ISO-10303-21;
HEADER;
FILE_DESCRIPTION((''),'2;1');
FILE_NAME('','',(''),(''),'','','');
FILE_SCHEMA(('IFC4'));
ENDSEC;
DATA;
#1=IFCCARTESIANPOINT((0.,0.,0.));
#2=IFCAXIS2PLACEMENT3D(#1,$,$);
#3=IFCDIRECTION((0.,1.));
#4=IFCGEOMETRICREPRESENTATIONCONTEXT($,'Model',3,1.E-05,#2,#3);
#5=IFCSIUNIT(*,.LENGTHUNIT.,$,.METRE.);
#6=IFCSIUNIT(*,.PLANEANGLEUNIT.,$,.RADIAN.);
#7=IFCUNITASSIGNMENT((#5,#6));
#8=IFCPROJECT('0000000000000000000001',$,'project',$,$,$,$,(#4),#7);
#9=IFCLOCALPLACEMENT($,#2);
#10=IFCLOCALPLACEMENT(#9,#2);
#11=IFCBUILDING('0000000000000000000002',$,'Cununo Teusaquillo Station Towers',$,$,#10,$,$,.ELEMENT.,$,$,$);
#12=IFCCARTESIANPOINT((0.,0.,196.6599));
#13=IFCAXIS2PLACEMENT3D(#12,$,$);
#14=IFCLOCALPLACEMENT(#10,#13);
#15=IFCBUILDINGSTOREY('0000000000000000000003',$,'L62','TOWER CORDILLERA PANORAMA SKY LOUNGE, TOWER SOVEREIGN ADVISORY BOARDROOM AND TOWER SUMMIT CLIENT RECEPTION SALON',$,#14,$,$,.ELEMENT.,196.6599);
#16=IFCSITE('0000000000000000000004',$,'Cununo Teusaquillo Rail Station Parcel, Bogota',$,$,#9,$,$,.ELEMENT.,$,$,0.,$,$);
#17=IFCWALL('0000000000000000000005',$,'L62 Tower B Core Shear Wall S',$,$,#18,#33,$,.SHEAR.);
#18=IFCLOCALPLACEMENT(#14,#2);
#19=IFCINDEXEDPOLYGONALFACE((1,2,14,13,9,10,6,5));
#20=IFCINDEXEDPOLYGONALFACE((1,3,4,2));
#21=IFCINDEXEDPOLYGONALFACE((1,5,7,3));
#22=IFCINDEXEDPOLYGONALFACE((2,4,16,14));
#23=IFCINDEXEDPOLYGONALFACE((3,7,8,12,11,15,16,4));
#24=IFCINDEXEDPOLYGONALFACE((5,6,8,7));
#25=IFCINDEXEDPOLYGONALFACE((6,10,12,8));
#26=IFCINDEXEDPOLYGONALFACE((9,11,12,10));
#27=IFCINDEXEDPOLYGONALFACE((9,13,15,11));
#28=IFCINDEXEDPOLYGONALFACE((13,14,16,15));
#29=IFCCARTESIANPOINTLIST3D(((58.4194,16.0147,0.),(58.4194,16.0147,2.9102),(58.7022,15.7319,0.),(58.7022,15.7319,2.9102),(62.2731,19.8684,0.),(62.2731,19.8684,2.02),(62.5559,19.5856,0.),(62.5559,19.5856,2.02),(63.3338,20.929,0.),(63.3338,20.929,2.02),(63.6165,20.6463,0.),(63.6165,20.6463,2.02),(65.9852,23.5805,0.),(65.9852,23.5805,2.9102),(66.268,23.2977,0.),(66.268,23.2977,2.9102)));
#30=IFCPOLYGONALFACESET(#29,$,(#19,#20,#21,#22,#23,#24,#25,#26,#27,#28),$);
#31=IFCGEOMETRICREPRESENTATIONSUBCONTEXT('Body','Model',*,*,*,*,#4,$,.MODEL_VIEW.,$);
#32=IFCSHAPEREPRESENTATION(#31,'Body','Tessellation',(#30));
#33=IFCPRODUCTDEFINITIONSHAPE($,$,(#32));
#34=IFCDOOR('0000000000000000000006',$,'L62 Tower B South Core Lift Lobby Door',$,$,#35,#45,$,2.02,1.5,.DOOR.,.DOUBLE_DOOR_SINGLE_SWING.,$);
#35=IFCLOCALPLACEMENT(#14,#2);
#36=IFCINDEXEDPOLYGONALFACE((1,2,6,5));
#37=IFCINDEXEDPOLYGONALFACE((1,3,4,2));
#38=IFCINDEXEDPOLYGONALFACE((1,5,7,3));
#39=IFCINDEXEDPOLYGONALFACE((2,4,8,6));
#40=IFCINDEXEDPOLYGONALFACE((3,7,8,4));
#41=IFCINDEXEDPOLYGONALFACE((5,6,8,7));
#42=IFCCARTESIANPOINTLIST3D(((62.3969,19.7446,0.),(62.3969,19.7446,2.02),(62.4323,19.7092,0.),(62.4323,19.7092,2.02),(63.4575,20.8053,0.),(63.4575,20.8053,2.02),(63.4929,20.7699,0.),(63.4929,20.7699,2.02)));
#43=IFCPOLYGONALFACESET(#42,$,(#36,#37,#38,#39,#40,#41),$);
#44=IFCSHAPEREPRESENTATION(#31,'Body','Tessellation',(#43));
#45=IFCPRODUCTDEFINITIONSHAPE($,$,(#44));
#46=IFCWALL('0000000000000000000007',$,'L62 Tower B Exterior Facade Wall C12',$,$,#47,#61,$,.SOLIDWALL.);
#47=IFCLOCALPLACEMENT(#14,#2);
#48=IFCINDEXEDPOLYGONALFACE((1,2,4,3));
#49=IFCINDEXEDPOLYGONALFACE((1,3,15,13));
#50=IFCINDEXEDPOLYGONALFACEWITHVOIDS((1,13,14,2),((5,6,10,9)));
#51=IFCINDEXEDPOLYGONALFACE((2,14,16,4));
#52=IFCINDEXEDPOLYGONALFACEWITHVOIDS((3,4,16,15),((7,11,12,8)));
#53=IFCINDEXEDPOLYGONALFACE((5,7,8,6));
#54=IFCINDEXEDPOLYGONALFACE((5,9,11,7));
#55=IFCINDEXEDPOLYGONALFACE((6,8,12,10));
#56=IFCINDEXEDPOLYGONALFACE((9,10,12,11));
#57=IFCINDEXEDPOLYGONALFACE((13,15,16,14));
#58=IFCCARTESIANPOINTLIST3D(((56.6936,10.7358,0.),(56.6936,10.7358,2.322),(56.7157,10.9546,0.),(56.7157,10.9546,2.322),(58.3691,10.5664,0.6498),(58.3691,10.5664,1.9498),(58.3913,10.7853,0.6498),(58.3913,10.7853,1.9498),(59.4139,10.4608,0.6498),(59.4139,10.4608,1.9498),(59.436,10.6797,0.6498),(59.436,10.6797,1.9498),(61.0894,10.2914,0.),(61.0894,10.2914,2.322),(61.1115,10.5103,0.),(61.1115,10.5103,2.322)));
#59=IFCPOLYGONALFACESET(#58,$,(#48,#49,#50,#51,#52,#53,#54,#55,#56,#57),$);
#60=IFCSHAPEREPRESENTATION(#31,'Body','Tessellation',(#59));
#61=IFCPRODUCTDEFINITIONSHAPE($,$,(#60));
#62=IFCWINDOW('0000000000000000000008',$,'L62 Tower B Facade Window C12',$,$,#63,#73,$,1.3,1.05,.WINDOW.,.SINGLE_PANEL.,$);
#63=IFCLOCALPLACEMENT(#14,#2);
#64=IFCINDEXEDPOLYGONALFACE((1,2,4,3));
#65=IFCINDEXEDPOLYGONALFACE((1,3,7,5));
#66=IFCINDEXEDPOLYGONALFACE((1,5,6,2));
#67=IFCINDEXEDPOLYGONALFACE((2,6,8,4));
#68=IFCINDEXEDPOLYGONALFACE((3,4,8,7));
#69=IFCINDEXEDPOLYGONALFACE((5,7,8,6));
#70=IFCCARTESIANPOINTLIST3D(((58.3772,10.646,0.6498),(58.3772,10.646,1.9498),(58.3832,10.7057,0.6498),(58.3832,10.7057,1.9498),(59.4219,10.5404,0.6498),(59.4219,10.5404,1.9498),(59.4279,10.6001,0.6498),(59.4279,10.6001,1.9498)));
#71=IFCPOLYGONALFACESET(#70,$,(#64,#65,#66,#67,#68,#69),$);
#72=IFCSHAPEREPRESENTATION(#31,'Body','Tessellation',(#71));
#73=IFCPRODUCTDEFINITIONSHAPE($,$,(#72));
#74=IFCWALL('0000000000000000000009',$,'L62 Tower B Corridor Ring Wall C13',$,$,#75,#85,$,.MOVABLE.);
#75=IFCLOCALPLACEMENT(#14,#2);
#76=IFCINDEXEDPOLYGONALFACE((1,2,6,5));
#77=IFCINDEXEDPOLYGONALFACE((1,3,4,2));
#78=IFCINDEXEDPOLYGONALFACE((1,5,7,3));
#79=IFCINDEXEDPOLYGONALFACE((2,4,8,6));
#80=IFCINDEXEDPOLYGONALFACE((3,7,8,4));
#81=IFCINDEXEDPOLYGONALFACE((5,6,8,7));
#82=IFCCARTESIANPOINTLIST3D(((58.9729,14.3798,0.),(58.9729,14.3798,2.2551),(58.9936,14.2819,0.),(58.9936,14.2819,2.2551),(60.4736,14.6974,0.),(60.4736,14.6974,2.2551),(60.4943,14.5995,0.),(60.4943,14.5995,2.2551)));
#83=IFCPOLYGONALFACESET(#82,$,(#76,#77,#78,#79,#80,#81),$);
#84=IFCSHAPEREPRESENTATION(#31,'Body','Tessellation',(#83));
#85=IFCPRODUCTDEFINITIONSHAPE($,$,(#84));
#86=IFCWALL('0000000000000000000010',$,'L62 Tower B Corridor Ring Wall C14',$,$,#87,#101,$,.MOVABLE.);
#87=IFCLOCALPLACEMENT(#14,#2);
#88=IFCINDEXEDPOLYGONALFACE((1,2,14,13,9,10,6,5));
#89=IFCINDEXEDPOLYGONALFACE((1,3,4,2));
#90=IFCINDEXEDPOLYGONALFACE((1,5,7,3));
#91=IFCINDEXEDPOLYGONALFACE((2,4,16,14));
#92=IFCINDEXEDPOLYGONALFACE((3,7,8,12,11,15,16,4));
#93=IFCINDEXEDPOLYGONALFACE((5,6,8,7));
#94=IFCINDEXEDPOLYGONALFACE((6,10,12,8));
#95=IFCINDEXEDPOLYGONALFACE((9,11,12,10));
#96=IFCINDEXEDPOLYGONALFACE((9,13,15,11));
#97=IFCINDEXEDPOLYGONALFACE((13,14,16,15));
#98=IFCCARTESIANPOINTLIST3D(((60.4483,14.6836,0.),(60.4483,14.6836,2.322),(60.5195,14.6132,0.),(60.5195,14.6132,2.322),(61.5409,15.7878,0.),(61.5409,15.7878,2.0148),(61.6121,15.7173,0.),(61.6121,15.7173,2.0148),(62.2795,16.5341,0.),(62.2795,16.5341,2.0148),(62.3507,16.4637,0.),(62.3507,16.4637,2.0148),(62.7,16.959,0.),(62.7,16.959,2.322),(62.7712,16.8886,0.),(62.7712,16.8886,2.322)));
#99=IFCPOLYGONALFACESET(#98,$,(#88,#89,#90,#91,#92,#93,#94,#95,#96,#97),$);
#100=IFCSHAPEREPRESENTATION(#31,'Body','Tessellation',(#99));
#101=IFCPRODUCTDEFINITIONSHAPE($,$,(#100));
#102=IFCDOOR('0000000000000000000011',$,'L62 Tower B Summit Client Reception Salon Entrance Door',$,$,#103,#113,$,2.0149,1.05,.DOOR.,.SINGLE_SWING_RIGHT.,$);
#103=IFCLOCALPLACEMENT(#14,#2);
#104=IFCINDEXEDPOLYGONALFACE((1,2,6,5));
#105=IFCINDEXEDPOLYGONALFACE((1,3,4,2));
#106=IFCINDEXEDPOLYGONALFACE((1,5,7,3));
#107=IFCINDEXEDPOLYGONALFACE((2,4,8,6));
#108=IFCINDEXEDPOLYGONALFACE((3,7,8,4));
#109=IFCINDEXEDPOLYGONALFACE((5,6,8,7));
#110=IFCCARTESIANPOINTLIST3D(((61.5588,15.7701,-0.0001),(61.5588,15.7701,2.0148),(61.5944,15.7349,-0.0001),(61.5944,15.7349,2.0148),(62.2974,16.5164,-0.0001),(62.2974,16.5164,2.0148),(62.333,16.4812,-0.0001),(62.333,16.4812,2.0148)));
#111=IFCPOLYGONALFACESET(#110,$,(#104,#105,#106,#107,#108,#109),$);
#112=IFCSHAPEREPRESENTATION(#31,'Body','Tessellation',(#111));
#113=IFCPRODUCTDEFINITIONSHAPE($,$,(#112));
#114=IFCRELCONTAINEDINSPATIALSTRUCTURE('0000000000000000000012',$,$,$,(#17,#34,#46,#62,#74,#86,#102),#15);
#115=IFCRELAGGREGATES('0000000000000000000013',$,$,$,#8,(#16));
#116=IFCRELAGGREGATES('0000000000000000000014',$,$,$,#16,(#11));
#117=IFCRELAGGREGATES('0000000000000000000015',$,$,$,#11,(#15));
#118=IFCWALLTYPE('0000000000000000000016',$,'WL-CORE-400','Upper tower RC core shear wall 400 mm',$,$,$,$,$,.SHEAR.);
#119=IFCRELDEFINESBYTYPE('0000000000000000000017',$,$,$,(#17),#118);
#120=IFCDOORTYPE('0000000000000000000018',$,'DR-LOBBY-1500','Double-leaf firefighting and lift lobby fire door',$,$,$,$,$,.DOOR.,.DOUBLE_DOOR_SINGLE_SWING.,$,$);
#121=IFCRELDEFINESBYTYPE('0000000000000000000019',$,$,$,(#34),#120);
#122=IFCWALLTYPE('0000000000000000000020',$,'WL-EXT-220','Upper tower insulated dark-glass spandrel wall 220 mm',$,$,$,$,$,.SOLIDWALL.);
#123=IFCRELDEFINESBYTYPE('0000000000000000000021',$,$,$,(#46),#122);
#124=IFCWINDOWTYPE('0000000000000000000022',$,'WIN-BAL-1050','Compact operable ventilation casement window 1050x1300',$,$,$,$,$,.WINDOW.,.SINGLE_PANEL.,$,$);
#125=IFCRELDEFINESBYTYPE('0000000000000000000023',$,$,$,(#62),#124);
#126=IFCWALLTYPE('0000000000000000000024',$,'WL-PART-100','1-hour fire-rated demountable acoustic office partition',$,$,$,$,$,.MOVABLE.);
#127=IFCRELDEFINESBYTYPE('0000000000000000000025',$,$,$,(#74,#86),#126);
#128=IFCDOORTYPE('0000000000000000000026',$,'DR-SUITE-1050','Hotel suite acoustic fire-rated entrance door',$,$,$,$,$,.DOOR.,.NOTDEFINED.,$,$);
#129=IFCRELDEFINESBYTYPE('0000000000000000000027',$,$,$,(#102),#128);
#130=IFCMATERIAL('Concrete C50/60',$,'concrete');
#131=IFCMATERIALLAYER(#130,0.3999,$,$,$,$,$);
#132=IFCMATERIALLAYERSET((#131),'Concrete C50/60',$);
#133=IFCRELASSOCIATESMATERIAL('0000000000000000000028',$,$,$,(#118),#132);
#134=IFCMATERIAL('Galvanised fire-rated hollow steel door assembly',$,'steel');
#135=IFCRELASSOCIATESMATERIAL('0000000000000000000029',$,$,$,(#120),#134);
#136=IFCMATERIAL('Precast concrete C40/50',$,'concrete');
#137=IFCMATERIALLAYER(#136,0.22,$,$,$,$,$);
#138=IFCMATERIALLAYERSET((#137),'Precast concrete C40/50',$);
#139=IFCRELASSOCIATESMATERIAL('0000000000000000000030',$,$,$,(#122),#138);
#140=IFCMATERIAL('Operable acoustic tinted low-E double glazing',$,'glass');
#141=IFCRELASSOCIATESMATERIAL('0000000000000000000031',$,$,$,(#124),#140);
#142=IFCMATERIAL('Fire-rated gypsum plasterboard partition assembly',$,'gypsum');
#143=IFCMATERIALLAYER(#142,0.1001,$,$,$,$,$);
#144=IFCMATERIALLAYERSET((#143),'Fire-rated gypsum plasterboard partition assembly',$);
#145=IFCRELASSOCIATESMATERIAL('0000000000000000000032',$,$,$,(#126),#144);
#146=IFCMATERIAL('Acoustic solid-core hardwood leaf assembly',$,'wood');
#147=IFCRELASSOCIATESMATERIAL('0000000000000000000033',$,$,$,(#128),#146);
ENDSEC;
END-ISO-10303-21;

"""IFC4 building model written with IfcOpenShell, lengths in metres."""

from ifc_helpers import new_model, si_unit, direction, frame, frame_2d, origin, place, context, subcontext, project, spatial, rectangle, extrude, source, transform, mapped, material, layer, layer_set, type_object, element, fill, save


model = new_model("IFC4")

# Units and contexts
model_context = context("Model", 3, precision=1e-05, world=origin(), true_north=direction((0.0, 1.0)))
body_context = subcontext(model_context, "Body", "Model", "MODEL_VIEW")
ifc_project = project(units=[si_unit("LENGTHUNIT", "METRE"), si_unit("PLANEANGLEUNIT", "RADIAN")], contexts=[model_context])

# Site, building, storey
site_placement = place(None, origin())
site = spatial("IfcSite", under=ifc_project, at=site_placement, Name="Cununo Teusaquillo Rail Station Parcel, Bogota", CompositionType="ELEMENT", RefElevation=0.0)
building_placement = place(site_placement, origin())
building = spatial("IfcBuilding", under=site, at=building_placement, Name="Cununo Teusaquillo Station Towers", CompositionType="ELEMENT")
storey_placement = place(building_placement, frame((0.0, 0.0, 196.6599)))
storey = spatial("IfcBuildingStorey", under=building, at=storey_placement, Name="L62", Description="TOWER CORDILLERA PANORAMA SKY LOUNGE, TOWER SOVEREIGN ADVISORY BOARDROOM AND TOWER SUMMIT CLIENT RECEPTION SALON", CompositionType="ELEMENT", Elevation=196.6599)

# Shared definitions
ifc_material_1 = material(Name="Concrete C50/60", Category="concrete")
ifc_layer_1 = layer(ifc_material_1, 0.3999)
ifc_layer_set_1 = layer_set([ifc_layer_1], Name="Concrete C50/60")
wall_type_1 = type_object("IfcWallType", Name="WL-CORE-400", Description="Upper tower RC core shear wall 400 mm", PredefinedType="SHEAR", material=ifc_layer_set_1)

# Wall, opening, door
wall_1_placement = place(storey_placement, frame((58.5608, 15.8733, 0.0), z_axis=(0.0, 0.0, 1.0), x_axis=(0.707107, 0.707107, 0.0)))
wall_1 = element("IfcWall", 1, at=wall_1_placement, inside=storey, type_object=wall_type_1, Name="L62 Tower B Core Shear Wall S", PredefinedType="SHEAR", context=body_context, shape_type="SweptSolid", body=[
    extrude(rectangle(XDim=10.6997, YDim=0.3999, at=frame_2d((5.3499, 0.0))), origin(), (0.0, 0.0, 1.0), 2.9102),
])
shared_shape_1 = source(origin(), body_context, "Body", "SweptSolid", [
    extrude(rectangle(XDim=1.5, YDim=2.02, at=frame_2d((0.75, 1.01))), frame((0.0, 0.21, 0.0), z_axis=(0.0, -1.0, 0.0), x_axis=(1.0, 0.0, 0.0)), (0.0, 0.0, 1.0), 0.4199),
])
opening_1_placement = place(wall_1_placement, frame((5.45, 0.0, 0.0)))
opening_1 = element("IfcOpeningElement", 2, at=opening_1_placement, cuts=wall_1, PredefinedType="OPENING", context=body_context, shape_type="MappedRepresentation", body=[
    mapped(shared_shape_1, transform((0.0, 0.0, 0.0), x_axis=(1.0, 0.0, 0.0), y_axis=(0.0, 1.0, 0.0), z_axis=(0.0, 0.0, 1.0), scale=1.0)),
])
ifc_material_2 = material(Name="Galvanised fire-rated hollow steel door assembly", Category="steel")
door_type_1 = type_object("IfcDoorType", Name="DR-LOBBY-1500", Description="Double-leaf firefighting and lift lobby fire door", OperationType="DOUBLE_DOOR_SINGLE_SWING", PredefinedType="DOOR", material=ifc_material_2)
shared_shape_2 = source(origin(), body_context, "Body", "SweptSolid", [
    extrude(rectangle(XDim=1.5, YDim=2.02, at=frame_2d((0.75, 1.01))), frame((0.0, 0.0249, 0.0), z_axis=(0.0, -1.0, 0.0), x_axis=(1.0, 0.0, 0.0)), (0.0, 0.0, 1.0), 0.05),
])
door_1_placement = place(opening_1_placement, origin())
door_1 = element("IfcDoor", 3, at=door_1_placement, inside=storey, type_object=door_type_1, Name="L62 Tower B South Core Lift Lobby Door", OperationType="DOUBLE_DOOR_SINGLE_SWING", OverallHeight=2.02, OverallWidth=1.5, PredefinedType="DOOR", context=body_context, shape_type="MappedRepresentation", body=[
    mapped(shared_shape_2, transform((0.0, 0.0, 0.0), x_axis=(1.0, 0.0, 0.0), y_axis=(0.0, 1.0, 0.0), z_axis=(0.0, 0.0, 1.0), scale=1.0)),
])
fill(opening_1, door_1)

# Wall, opening, window
ifc_material_3 = material(Name="Precast concrete C40/50", Category="concrete")
ifc_layer_2 = layer(ifc_material_3, 0.22)
ifc_layer_set_2 = layer_set([ifc_layer_2], Name="Precast concrete C40/50")
wall_type_2 = type_object("IfcWallType", Name="WL-EXT-220", Description="Upper tower insulated dark-glass spandrel wall 220 mm", PredefinedType="SOLIDWALL", material=ifc_layer_set_2)
wall_2_placement = place(storey_placement, frame((61.1003, 10.4009, 0.0), z_axis=(0.0, 0.0, 1.0), x_axis=(-0.99493, 0.100571, 0.0)))
wall_2 = element("IfcWall", 4, at=wall_2_placement, inside=storey, type_object=wall_type_2, Name="L62 Tower B Exterior Facade Wall C12", PredefinedType="SOLIDWALL", context=body_context, shape_type="SweptSolid", body=[
    extrude(rectangle(XDim=4.4182, YDim=0.22, at=frame_2d((2.209, 0.0))), origin(), (0.0, 0.0, 1.0), 2.322),
])
shared_shape_3 = source(origin(), body_context, "Body", "SweptSolid", [
    extrude(rectangle(XDim=1.05, YDim=1.3, at=frame_2d((0.5249, 0.6499))), frame((0.0, 0.1199, 0.0), z_axis=(0.0, -1.0, 0.0), x_axis=(1.0, 0.0, 0.0)), (0.0, 0.0, 1.0), 0.24),
])
opening_2_placement = place(wall_2_placement, frame((1.6841, 0.0, 0.6499)))
opening_2 = element("IfcOpeningElement", 5, at=opening_2_placement, cuts=wall_2, PredefinedType="OPENING", context=body_context, shape_type="MappedRepresentation", body=[
    mapped(shared_shape_3, transform((0.0, 0.0, 0.0), x_axis=(1.0, 0.0, 0.0), y_axis=(0.0, 1.0, 0.0), z_axis=(0.0, 0.0, 1.0), scale=1.0)),
])
ifc_material_4 = material(Name="Operable acoustic tinted low-E double glazing", Category="glass")
window_type = type_object("IfcWindowType", Name="WIN-BAL-1050", Description="Compact operable ventilation casement window 1050x1300", PartitioningType="SINGLE_PANEL", PredefinedType="WINDOW", material=ifc_material_4)
shared_shape_4 = source(origin(), body_context, "Body", "SweptSolid", [
    extrude(rectangle(XDim=1.05, YDim=1.3, at=frame_2d((0.5249, 0.6499))), frame((0.0, 0.03, 0.0), z_axis=(0.0, -1.0, 0.0), x_axis=(1.0, 0.0, 0.0)), (0.0, 0.0, 1.0), 0.0601),
])
window_placement = place(opening_2_placement, origin())
window = element("IfcWindow", 6, at=window_placement, inside=storey, type_object=window_type, Name="L62 Tower B Facade Window C12", OverallHeight=1.3, OverallWidth=1.05, PartitioningType="SINGLE_PANEL", PredefinedType="WINDOW", context=body_context, shape_type="MappedRepresentation", body=[
    mapped(shared_shape_4, transform((0.0, 0.0, 0.0), x_axis=(1.0, 0.0, 0.0), y_axis=(0.0, 1.0, 0.0), z_axis=(0.0, 0.0, 1.0), scale=1.0)),
])
fill(opening_2, window)

# Wall
ifc_material_5 = material(Name="Fire-rated gypsum plasterboard partition assembly", Category="gypsum")
ifc_layer_3 = layer(ifc_material_5, 0.1001)
ifc_layer_set_3 = layer_set([ifc_layer_3], Name="Fire-rated gypsum plasterboard partition assembly")
wall_type_3 = type_object("IfcWallType", Name="WL-PART-100", Description="1-hour fire-rated demountable acoustic office partition", PredefinedType="MOVABLE", material=ifc_layer_set_3)
wall_3_placement = place(storey_placement, frame((58.9832, 14.3308, 0.0), z_axis=(0.0, 0.0, 1.0), x_axis=(0.978328, 0.207061, 0.0)))
element("IfcWall", 7, at=wall_3_placement, inside=storey, type_object=wall_type_3, Name="L62 Tower B Corridor Ring Wall C13", PredefinedType="MOVABLE", context=body_context, shape_type="SweptSolid", body=[
    extrude(rectangle(XDim=1.5339, YDim=0.1001, at=frame_2d((0.7671, 0.0))), origin(), (0.0, 0.0, 1.0), 2.2551),
])

# Wall, opening, door
wall_4_placement = place(storey_placement, frame((60.4839, 14.6484, 0.0), z_axis=(0.0, 0.0, 1.0), x_axis=(0.703398, 0.710796, 0.0)))
wall_4 = element("IfcWall", 8, at=wall_4_placement, inside=storey, type_object=wall_type_3, Name="L62 Tower B Corridor Ring Wall C14", PredefinedType="MOVABLE", context=body_context, shape_type="SweptSolid", body=[
    extrude(rectangle(XDim=3.2012, YDim=0.1001, at=frame_2d((1.6006, 0.0))), origin(), (0.0, 0.0, 1.0), 2.322),
])
shared_shape_5 = source(origin(), body_context, "Body", "SweptSolid", [
    extrude(rectangle(XDim=1.05, YDim=2.0149, at=frame_2d((0.5249, 1.0073))), frame((0.0, 0.0601, 0.0), z_axis=(0.0, -1.0, 0.0), x_axis=(1.0, 0.0, 0.0)), (0.0, 0.0, 1.0), 0.1201),
])
opening_3_placement = place(wall_4_placement, frame((1.5535, 0.0, 0.0)))
opening_3 = element("IfcOpeningElement", 9, at=opening_3_placement, cuts=wall_4, PredefinedType="OPENING", context=body_context, shape_type="MappedRepresentation", body=[
    mapped(shared_shape_5, transform((0.0, 0.0, 0.0), x_axis=(1.0, 0.0, 0.0), y_axis=(0.0, 1.0, 0.0), z_axis=(0.0, 0.0, 1.0), scale=1.0)),
])
ifc_material_6 = material(Name="Acoustic solid-core hardwood leaf assembly", Category="wood")
door_type_2 = type_object("IfcDoorType", Name="DR-SUITE-1050", Description="Hotel suite acoustic fire-rated entrance door", OperationType="NOTDEFINED", PredefinedType="DOOR", material=ifc_material_6)
shared_shape_6 = source(origin(), body_context, "Body", "SweptSolid", [
    extrude(rectangle(XDim=1.05, YDim=2.0149, at=frame_2d((0.5249, 1.0073))), frame((0.0, 0.0249, 0.0), z_axis=(0.0, -1.0, 0.0), x_axis=(1.0, 0.0, 0.0)), (0.0, 0.0, 1.0), 0.05),
])
door_2_placement = place(opening_3_placement, origin())
door_2 = element("IfcDoor", 10, at=door_2_placement, inside=storey, type_object=door_type_2, Name="L62 Tower B Summit Client Reception Salon Entrance Door", OperationType="SINGLE_SWING_RIGHT", OverallHeight=2.0149, OverallWidth=1.05, PredefinedType="DOOR", context=body_context, shape_type="MappedRepresentation", body=[
    mapped(shared_shape_6, transform((0.0, 0.0, 0.0), x_axis=(1.0, 0.0, 0.0), y_axis=(0.0, 1.0, 0.0), z_axis=(0.0, 0.0, 1.0), scale=1.0)),
])
fill(opening_3, door_2)

save(model, "model.ifc")
